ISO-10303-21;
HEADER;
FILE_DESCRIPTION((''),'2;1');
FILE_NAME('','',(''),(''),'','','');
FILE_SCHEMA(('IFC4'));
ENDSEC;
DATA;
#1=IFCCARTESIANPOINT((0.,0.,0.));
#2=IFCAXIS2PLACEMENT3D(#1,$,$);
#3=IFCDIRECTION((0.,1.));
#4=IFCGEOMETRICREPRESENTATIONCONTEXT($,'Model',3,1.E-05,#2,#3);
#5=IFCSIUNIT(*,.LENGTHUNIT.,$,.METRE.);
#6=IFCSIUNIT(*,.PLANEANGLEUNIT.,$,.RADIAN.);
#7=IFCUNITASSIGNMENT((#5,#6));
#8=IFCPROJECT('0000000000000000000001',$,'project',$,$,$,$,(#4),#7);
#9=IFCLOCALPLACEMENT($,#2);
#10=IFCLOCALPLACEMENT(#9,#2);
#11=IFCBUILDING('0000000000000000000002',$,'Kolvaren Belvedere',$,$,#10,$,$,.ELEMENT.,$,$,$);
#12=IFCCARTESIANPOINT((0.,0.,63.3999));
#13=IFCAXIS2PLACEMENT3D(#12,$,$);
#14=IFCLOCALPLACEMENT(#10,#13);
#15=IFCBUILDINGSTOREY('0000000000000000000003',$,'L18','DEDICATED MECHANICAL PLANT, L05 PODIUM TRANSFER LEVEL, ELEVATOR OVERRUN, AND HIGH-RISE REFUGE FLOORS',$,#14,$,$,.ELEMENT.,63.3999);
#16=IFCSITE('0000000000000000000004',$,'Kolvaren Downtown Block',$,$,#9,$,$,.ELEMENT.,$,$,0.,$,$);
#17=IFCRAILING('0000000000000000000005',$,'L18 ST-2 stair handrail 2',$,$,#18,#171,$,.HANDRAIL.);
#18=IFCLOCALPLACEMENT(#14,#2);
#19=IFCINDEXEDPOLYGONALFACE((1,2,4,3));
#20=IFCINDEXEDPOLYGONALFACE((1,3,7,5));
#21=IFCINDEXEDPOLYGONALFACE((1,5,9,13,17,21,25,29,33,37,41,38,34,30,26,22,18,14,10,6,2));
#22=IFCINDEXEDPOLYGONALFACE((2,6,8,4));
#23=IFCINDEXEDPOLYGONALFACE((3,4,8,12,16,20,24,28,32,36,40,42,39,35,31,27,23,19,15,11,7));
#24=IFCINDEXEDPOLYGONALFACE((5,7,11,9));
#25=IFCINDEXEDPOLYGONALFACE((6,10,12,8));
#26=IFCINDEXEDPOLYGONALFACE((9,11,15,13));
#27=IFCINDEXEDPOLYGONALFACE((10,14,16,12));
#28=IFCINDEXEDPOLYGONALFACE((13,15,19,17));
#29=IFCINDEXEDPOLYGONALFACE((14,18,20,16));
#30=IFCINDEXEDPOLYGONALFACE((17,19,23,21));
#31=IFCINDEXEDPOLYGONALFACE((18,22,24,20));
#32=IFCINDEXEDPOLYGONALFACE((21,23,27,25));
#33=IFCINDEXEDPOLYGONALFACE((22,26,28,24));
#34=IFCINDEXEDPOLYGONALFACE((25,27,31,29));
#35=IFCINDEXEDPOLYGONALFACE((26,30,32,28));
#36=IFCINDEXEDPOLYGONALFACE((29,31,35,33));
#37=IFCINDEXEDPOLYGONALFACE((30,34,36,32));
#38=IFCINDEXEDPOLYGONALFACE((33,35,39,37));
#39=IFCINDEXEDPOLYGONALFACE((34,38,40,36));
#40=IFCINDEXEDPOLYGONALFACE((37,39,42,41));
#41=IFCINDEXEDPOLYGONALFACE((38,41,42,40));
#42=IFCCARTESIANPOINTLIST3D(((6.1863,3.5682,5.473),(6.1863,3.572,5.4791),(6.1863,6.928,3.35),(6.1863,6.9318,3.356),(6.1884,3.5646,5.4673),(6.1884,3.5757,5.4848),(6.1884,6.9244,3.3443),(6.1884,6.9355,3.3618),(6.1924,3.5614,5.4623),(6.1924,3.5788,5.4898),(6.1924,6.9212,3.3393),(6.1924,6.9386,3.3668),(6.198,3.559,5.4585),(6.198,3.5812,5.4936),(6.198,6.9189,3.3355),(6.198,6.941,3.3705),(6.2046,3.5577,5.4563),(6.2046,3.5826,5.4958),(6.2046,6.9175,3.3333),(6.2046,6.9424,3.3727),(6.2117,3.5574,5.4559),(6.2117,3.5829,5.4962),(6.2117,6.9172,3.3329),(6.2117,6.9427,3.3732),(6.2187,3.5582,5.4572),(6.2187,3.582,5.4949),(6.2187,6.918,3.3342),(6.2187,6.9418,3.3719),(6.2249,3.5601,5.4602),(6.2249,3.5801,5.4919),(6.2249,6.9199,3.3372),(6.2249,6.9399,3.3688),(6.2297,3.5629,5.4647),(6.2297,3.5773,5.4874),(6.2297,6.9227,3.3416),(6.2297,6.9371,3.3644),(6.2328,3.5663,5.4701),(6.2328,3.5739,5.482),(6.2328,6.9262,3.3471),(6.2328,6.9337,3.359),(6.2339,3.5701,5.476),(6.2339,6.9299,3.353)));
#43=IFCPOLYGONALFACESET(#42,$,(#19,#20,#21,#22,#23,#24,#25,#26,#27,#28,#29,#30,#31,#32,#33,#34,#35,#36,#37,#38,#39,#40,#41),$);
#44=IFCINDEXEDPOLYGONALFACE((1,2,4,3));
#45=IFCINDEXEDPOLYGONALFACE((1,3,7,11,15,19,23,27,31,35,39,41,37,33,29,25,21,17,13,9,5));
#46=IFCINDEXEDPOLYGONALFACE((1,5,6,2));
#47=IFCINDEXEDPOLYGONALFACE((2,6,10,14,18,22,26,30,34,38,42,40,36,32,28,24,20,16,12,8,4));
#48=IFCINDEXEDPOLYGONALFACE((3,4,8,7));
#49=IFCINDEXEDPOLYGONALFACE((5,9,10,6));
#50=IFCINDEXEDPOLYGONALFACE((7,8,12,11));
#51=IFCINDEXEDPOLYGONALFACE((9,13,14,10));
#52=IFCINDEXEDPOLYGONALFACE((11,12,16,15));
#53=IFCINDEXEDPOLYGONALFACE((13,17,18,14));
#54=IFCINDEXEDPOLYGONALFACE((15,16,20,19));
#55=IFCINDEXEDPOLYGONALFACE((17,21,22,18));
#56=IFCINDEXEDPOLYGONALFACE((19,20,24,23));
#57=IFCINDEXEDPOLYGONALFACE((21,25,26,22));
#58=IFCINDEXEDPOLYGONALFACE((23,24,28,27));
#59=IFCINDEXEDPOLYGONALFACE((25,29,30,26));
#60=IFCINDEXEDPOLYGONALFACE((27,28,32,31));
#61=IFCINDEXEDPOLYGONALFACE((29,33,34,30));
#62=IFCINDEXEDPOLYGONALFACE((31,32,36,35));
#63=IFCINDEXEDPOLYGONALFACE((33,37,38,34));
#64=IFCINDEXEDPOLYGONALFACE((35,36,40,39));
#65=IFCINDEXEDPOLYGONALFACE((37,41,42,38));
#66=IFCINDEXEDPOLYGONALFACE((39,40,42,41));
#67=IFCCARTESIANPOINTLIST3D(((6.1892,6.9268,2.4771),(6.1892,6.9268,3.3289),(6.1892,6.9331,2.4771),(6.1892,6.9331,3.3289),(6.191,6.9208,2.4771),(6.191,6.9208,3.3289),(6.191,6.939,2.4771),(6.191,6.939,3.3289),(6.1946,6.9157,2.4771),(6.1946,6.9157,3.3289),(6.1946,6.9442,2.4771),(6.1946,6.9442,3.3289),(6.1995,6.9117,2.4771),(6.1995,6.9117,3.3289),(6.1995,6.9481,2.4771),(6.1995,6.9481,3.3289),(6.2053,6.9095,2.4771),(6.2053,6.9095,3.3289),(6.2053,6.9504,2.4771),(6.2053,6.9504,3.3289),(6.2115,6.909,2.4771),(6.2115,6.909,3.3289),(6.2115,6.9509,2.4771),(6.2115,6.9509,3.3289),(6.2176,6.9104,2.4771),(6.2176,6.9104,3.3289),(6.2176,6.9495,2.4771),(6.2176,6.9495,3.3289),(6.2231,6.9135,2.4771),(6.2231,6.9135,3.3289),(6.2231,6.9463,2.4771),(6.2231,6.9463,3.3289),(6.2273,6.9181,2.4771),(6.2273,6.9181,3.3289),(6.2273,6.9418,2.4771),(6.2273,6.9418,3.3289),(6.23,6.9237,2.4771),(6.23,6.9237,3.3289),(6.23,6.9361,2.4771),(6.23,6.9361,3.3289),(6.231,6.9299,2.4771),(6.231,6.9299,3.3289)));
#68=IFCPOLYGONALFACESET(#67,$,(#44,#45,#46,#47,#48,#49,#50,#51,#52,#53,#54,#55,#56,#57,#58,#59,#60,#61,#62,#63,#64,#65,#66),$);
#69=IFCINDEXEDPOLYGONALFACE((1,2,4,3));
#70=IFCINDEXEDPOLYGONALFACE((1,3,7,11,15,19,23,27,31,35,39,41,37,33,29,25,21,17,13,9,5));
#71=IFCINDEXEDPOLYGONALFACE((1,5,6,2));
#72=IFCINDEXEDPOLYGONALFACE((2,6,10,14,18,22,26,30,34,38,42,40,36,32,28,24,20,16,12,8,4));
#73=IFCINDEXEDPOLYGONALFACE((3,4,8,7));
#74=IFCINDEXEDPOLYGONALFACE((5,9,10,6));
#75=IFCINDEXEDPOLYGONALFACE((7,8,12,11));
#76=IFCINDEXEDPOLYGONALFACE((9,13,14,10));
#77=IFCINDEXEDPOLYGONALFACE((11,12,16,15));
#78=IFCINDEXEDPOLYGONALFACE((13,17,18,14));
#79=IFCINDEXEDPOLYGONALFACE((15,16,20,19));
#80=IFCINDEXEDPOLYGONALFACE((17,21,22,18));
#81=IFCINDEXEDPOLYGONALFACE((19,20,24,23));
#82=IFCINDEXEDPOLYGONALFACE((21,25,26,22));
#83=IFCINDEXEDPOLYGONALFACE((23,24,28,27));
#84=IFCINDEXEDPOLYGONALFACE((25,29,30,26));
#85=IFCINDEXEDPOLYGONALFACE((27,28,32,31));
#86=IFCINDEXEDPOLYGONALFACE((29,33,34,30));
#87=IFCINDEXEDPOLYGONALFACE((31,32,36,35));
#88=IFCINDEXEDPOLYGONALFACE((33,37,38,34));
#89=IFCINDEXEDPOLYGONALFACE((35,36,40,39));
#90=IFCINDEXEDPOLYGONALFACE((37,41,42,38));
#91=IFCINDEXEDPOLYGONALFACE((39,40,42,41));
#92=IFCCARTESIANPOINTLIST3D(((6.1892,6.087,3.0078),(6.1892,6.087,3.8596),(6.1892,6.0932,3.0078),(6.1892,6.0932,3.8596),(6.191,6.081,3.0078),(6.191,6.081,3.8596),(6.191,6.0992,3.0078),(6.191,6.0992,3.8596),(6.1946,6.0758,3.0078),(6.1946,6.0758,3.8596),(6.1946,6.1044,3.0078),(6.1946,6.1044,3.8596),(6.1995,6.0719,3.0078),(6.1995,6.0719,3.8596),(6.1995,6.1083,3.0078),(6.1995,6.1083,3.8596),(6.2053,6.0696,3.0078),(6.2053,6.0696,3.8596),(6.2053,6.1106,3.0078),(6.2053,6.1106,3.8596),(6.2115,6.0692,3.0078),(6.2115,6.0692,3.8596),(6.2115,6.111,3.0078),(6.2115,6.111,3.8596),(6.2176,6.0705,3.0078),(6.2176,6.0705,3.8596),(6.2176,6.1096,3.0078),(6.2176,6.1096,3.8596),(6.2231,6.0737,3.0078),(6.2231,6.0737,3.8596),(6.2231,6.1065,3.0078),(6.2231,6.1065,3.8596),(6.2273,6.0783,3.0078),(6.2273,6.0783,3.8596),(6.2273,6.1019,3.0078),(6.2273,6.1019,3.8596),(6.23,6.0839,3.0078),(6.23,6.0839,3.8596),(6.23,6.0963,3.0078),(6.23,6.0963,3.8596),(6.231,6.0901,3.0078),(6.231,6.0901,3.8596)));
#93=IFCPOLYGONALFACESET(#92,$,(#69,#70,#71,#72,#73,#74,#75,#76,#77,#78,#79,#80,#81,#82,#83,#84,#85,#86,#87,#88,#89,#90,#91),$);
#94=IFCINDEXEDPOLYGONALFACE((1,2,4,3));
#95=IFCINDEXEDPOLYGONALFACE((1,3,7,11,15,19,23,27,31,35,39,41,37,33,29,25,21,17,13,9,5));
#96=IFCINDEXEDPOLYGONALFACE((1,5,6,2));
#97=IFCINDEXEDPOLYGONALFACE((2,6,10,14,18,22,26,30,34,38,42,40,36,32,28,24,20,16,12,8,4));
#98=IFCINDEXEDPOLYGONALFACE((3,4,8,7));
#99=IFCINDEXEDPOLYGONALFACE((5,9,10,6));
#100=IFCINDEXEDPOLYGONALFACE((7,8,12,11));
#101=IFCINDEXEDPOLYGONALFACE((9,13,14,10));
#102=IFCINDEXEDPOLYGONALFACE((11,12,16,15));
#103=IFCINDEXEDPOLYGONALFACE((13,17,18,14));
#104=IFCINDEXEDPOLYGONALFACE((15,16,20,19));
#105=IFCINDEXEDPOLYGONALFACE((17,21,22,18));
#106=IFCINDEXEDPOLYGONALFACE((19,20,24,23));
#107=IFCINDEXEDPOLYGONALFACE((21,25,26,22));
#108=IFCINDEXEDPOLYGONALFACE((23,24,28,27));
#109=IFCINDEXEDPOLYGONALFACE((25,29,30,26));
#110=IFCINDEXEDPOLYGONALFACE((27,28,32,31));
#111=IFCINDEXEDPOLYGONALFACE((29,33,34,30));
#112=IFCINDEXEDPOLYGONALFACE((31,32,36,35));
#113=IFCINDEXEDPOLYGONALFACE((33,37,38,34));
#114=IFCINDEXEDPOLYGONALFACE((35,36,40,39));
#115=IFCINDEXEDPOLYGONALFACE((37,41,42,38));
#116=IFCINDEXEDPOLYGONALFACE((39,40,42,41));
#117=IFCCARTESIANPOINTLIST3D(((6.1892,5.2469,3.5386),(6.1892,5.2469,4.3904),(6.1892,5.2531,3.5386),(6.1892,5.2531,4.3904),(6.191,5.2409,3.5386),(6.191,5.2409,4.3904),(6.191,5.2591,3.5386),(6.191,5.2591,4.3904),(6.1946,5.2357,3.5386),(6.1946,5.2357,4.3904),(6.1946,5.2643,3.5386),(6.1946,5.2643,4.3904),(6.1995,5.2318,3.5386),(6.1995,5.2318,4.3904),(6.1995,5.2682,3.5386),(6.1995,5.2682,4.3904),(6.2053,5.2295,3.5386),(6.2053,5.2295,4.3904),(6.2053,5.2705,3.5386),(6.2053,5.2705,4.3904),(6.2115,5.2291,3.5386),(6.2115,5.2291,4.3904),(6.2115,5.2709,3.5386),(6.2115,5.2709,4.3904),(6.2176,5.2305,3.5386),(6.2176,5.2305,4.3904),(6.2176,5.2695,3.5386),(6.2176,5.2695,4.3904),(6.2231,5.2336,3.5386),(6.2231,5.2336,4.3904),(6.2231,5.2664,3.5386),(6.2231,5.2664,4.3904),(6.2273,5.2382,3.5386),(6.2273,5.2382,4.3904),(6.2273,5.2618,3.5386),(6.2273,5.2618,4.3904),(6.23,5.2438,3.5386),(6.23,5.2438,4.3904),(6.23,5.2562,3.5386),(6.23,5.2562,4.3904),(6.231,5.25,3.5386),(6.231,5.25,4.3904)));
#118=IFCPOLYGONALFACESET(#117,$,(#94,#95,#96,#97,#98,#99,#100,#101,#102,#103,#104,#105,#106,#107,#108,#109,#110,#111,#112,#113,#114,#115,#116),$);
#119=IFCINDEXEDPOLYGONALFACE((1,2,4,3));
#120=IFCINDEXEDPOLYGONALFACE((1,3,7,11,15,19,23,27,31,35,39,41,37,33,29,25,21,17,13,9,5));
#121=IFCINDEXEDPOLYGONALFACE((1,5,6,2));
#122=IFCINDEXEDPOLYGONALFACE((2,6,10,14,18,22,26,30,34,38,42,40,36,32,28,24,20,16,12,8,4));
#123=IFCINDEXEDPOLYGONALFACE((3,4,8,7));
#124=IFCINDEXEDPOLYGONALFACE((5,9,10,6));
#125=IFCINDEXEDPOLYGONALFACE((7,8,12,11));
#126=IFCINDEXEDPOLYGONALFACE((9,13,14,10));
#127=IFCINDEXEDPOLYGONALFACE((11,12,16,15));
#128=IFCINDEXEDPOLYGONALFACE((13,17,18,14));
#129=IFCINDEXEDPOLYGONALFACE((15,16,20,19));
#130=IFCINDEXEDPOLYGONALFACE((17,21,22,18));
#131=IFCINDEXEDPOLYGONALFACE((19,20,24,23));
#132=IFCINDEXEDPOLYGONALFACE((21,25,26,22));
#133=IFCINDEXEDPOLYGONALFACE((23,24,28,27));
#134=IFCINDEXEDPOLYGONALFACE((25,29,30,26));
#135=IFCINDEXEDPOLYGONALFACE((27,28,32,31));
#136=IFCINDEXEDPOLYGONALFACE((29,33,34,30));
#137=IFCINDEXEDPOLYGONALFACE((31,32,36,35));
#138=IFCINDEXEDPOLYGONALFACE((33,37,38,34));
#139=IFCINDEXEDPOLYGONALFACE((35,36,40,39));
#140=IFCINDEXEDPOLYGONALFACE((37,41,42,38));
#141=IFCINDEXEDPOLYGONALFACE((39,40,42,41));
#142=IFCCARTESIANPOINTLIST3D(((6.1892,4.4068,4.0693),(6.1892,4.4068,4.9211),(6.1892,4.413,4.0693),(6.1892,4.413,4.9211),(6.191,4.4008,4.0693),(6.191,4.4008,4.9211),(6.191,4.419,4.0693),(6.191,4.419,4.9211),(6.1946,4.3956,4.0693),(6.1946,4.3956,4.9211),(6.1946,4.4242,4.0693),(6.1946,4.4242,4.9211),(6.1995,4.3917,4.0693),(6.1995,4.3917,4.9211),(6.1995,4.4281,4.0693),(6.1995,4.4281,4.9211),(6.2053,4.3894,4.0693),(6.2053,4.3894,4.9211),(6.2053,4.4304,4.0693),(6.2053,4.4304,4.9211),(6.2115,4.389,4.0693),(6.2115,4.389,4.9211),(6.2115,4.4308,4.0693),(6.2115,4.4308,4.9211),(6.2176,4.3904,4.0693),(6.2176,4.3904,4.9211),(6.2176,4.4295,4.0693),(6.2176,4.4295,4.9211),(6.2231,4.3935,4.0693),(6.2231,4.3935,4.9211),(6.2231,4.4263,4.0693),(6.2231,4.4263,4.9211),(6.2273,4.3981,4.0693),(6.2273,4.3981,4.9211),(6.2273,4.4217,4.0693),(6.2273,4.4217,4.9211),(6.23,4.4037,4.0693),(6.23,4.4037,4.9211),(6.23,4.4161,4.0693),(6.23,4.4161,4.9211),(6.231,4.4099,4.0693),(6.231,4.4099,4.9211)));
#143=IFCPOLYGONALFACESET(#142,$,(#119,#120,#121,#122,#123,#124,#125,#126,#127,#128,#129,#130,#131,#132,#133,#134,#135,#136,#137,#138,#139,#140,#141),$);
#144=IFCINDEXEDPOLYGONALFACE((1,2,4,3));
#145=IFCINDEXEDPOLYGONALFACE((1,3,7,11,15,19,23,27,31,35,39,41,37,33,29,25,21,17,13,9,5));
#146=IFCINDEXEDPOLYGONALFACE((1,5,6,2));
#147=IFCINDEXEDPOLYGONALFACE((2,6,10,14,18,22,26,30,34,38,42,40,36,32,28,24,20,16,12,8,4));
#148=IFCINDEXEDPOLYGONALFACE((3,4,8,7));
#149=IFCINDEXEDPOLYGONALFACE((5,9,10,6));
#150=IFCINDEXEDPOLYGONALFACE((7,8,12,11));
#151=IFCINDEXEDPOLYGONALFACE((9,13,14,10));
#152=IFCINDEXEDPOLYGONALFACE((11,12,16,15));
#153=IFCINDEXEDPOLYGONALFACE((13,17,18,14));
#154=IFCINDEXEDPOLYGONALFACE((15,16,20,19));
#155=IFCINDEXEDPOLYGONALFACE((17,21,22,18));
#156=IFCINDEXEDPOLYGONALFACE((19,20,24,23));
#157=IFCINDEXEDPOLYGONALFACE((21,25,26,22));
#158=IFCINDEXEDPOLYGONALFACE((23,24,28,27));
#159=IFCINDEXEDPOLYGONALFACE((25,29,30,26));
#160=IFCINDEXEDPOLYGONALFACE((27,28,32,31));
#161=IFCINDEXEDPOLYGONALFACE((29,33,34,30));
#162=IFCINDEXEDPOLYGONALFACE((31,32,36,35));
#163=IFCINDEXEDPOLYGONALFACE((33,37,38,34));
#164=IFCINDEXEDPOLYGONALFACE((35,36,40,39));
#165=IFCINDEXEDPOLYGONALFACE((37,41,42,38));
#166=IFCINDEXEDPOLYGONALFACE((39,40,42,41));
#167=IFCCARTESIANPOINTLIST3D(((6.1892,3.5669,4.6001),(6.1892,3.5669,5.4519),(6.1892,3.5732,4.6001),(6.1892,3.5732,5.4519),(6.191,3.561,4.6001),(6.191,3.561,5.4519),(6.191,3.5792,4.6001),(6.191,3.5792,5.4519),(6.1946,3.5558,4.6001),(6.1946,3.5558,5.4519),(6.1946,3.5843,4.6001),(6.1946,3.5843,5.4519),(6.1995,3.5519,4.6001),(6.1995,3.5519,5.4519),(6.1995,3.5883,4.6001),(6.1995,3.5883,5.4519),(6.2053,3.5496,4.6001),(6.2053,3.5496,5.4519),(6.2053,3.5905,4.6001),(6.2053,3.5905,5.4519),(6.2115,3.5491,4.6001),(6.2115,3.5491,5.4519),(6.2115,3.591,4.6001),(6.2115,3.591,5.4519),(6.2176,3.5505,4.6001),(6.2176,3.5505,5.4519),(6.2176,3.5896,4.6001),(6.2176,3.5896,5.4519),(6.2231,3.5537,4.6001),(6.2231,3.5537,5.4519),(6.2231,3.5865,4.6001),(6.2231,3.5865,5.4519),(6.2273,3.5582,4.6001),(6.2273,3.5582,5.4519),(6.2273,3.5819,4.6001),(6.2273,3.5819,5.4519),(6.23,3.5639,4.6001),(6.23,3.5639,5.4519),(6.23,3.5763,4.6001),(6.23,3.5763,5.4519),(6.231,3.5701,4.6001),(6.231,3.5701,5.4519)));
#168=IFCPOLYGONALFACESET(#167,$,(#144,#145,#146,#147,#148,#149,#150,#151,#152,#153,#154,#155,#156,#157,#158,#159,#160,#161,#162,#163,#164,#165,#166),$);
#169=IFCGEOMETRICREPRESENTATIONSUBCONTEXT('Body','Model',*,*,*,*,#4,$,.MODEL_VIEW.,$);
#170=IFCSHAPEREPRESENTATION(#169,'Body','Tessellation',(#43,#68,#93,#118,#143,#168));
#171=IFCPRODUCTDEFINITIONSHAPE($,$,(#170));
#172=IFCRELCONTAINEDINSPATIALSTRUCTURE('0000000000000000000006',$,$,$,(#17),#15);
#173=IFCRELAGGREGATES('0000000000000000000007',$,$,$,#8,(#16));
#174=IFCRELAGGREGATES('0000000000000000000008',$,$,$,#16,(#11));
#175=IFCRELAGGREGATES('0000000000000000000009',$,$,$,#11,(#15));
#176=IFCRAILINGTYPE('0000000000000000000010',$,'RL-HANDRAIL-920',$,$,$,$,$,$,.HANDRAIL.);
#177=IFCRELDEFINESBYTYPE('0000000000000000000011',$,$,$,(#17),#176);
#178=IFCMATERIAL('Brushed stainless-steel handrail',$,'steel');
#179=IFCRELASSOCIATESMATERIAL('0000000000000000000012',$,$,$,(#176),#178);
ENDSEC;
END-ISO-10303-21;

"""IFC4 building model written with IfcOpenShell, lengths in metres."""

from ifc_helpers import new_model, si_unit, direction, frame, origin, origin_2d, place, context, subcontext, project, spatial, circle, extrude, material, type_object, element, save


model = new_model("IFC4")

# Units and contexts
model_context = context("Model", 3, precision=1e-05, world=origin(), true_north=direction((0.0, 1.0)))
body_context = subcontext(model_context, "Body", "Model", "MODEL_VIEW")
ifc_project = project(units=[si_unit("LENGTHUNIT", "METRE"), si_unit("PLANEANGLEUNIT", "RADIAN")], contexts=[model_context])

# Site, building, storey
site_placement = place(None, origin())
site = spatial("IfcSite", under=ifc_project, at=site_placement, Name="Kolvaren Downtown Block", CompositionType="ELEMENT", RefElevation=0.0)
building_placement = place(site_placement, origin())
building = spatial("IfcBuilding", under=site, at=building_placement, Name="Kolvaren Belvedere", CompositionType="ELEMENT")
storey_placement = place(building_placement, frame((0.0, 0.0, 63.3999)))
storey = spatial("IfcBuildingStorey", under=building, at=storey_placement, Name="L18", Description="DEDICATED MECHANICAL PLANT, L05 PODIUM TRANSFER LEVEL, ELEVATOR OVERRUN, AND HIGH-RISE REFUGE FLOORS", CompositionType="ELEMENT", Elevation=63.3999)

# Railing
ifc_material_1 = material(Name="Brushed stainless-steel handrail", Category="steel")
railing_type_1 = type_object("IfcRailingType", Name="RL-HANDRAIL-920", PredefinedType="HANDRAIL", material=ifc_material_1)
railing_1_placement = place(storey_placement, frame((6.21, 6.9299, 2.4771)))
element("IfcRailing", 1, at=railing_1_placement, inside=storey, type_object=railing_type_1, Name="L18 ST-2 stair handrail 2", PredefinedType="HANDRAIL", context=body_context, shape_type="SweptSolid", body=[
    extrude(circle(Radius=0.0239, at=origin_2d()), frame((0.0, 0.0, 0.876), z_axis=(0.0, -0.845372, 0.534178), x_axis=(1.0, 0.0, 0.0)), (0.0, 0.0, 1.0), 3.9744),
    extrude(circle(Radius=0.021, at=origin_2d()), origin(), (0.0, 0.0, 1.0), 0.8518),
    extrude(circle(Radius=0.021, at=origin_2d()), frame((0.0, -0.8398, 0.5308)), (0.0, 0.0, 1.0), 0.8518),
    extrude(circle(Radius=0.021, at=origin_2d()), frame((0.0, -1.6799, 1.0615)), (0.0, 0.0, 1.0), 0.8518),
    extrude(circle(Radius=0.021, at=origin_2d()), frame((0.0, -2.52, 1.5923)), (0.0, 0.0, 1.0), 0.8518),
    extrude(circle(Radius=0.021, at=origin_2d()), frame((0.0, -3.3599, 2.123)), (0.0, 0.0, 1.0), 0.8518),
])

save(model, "model.ifc")
